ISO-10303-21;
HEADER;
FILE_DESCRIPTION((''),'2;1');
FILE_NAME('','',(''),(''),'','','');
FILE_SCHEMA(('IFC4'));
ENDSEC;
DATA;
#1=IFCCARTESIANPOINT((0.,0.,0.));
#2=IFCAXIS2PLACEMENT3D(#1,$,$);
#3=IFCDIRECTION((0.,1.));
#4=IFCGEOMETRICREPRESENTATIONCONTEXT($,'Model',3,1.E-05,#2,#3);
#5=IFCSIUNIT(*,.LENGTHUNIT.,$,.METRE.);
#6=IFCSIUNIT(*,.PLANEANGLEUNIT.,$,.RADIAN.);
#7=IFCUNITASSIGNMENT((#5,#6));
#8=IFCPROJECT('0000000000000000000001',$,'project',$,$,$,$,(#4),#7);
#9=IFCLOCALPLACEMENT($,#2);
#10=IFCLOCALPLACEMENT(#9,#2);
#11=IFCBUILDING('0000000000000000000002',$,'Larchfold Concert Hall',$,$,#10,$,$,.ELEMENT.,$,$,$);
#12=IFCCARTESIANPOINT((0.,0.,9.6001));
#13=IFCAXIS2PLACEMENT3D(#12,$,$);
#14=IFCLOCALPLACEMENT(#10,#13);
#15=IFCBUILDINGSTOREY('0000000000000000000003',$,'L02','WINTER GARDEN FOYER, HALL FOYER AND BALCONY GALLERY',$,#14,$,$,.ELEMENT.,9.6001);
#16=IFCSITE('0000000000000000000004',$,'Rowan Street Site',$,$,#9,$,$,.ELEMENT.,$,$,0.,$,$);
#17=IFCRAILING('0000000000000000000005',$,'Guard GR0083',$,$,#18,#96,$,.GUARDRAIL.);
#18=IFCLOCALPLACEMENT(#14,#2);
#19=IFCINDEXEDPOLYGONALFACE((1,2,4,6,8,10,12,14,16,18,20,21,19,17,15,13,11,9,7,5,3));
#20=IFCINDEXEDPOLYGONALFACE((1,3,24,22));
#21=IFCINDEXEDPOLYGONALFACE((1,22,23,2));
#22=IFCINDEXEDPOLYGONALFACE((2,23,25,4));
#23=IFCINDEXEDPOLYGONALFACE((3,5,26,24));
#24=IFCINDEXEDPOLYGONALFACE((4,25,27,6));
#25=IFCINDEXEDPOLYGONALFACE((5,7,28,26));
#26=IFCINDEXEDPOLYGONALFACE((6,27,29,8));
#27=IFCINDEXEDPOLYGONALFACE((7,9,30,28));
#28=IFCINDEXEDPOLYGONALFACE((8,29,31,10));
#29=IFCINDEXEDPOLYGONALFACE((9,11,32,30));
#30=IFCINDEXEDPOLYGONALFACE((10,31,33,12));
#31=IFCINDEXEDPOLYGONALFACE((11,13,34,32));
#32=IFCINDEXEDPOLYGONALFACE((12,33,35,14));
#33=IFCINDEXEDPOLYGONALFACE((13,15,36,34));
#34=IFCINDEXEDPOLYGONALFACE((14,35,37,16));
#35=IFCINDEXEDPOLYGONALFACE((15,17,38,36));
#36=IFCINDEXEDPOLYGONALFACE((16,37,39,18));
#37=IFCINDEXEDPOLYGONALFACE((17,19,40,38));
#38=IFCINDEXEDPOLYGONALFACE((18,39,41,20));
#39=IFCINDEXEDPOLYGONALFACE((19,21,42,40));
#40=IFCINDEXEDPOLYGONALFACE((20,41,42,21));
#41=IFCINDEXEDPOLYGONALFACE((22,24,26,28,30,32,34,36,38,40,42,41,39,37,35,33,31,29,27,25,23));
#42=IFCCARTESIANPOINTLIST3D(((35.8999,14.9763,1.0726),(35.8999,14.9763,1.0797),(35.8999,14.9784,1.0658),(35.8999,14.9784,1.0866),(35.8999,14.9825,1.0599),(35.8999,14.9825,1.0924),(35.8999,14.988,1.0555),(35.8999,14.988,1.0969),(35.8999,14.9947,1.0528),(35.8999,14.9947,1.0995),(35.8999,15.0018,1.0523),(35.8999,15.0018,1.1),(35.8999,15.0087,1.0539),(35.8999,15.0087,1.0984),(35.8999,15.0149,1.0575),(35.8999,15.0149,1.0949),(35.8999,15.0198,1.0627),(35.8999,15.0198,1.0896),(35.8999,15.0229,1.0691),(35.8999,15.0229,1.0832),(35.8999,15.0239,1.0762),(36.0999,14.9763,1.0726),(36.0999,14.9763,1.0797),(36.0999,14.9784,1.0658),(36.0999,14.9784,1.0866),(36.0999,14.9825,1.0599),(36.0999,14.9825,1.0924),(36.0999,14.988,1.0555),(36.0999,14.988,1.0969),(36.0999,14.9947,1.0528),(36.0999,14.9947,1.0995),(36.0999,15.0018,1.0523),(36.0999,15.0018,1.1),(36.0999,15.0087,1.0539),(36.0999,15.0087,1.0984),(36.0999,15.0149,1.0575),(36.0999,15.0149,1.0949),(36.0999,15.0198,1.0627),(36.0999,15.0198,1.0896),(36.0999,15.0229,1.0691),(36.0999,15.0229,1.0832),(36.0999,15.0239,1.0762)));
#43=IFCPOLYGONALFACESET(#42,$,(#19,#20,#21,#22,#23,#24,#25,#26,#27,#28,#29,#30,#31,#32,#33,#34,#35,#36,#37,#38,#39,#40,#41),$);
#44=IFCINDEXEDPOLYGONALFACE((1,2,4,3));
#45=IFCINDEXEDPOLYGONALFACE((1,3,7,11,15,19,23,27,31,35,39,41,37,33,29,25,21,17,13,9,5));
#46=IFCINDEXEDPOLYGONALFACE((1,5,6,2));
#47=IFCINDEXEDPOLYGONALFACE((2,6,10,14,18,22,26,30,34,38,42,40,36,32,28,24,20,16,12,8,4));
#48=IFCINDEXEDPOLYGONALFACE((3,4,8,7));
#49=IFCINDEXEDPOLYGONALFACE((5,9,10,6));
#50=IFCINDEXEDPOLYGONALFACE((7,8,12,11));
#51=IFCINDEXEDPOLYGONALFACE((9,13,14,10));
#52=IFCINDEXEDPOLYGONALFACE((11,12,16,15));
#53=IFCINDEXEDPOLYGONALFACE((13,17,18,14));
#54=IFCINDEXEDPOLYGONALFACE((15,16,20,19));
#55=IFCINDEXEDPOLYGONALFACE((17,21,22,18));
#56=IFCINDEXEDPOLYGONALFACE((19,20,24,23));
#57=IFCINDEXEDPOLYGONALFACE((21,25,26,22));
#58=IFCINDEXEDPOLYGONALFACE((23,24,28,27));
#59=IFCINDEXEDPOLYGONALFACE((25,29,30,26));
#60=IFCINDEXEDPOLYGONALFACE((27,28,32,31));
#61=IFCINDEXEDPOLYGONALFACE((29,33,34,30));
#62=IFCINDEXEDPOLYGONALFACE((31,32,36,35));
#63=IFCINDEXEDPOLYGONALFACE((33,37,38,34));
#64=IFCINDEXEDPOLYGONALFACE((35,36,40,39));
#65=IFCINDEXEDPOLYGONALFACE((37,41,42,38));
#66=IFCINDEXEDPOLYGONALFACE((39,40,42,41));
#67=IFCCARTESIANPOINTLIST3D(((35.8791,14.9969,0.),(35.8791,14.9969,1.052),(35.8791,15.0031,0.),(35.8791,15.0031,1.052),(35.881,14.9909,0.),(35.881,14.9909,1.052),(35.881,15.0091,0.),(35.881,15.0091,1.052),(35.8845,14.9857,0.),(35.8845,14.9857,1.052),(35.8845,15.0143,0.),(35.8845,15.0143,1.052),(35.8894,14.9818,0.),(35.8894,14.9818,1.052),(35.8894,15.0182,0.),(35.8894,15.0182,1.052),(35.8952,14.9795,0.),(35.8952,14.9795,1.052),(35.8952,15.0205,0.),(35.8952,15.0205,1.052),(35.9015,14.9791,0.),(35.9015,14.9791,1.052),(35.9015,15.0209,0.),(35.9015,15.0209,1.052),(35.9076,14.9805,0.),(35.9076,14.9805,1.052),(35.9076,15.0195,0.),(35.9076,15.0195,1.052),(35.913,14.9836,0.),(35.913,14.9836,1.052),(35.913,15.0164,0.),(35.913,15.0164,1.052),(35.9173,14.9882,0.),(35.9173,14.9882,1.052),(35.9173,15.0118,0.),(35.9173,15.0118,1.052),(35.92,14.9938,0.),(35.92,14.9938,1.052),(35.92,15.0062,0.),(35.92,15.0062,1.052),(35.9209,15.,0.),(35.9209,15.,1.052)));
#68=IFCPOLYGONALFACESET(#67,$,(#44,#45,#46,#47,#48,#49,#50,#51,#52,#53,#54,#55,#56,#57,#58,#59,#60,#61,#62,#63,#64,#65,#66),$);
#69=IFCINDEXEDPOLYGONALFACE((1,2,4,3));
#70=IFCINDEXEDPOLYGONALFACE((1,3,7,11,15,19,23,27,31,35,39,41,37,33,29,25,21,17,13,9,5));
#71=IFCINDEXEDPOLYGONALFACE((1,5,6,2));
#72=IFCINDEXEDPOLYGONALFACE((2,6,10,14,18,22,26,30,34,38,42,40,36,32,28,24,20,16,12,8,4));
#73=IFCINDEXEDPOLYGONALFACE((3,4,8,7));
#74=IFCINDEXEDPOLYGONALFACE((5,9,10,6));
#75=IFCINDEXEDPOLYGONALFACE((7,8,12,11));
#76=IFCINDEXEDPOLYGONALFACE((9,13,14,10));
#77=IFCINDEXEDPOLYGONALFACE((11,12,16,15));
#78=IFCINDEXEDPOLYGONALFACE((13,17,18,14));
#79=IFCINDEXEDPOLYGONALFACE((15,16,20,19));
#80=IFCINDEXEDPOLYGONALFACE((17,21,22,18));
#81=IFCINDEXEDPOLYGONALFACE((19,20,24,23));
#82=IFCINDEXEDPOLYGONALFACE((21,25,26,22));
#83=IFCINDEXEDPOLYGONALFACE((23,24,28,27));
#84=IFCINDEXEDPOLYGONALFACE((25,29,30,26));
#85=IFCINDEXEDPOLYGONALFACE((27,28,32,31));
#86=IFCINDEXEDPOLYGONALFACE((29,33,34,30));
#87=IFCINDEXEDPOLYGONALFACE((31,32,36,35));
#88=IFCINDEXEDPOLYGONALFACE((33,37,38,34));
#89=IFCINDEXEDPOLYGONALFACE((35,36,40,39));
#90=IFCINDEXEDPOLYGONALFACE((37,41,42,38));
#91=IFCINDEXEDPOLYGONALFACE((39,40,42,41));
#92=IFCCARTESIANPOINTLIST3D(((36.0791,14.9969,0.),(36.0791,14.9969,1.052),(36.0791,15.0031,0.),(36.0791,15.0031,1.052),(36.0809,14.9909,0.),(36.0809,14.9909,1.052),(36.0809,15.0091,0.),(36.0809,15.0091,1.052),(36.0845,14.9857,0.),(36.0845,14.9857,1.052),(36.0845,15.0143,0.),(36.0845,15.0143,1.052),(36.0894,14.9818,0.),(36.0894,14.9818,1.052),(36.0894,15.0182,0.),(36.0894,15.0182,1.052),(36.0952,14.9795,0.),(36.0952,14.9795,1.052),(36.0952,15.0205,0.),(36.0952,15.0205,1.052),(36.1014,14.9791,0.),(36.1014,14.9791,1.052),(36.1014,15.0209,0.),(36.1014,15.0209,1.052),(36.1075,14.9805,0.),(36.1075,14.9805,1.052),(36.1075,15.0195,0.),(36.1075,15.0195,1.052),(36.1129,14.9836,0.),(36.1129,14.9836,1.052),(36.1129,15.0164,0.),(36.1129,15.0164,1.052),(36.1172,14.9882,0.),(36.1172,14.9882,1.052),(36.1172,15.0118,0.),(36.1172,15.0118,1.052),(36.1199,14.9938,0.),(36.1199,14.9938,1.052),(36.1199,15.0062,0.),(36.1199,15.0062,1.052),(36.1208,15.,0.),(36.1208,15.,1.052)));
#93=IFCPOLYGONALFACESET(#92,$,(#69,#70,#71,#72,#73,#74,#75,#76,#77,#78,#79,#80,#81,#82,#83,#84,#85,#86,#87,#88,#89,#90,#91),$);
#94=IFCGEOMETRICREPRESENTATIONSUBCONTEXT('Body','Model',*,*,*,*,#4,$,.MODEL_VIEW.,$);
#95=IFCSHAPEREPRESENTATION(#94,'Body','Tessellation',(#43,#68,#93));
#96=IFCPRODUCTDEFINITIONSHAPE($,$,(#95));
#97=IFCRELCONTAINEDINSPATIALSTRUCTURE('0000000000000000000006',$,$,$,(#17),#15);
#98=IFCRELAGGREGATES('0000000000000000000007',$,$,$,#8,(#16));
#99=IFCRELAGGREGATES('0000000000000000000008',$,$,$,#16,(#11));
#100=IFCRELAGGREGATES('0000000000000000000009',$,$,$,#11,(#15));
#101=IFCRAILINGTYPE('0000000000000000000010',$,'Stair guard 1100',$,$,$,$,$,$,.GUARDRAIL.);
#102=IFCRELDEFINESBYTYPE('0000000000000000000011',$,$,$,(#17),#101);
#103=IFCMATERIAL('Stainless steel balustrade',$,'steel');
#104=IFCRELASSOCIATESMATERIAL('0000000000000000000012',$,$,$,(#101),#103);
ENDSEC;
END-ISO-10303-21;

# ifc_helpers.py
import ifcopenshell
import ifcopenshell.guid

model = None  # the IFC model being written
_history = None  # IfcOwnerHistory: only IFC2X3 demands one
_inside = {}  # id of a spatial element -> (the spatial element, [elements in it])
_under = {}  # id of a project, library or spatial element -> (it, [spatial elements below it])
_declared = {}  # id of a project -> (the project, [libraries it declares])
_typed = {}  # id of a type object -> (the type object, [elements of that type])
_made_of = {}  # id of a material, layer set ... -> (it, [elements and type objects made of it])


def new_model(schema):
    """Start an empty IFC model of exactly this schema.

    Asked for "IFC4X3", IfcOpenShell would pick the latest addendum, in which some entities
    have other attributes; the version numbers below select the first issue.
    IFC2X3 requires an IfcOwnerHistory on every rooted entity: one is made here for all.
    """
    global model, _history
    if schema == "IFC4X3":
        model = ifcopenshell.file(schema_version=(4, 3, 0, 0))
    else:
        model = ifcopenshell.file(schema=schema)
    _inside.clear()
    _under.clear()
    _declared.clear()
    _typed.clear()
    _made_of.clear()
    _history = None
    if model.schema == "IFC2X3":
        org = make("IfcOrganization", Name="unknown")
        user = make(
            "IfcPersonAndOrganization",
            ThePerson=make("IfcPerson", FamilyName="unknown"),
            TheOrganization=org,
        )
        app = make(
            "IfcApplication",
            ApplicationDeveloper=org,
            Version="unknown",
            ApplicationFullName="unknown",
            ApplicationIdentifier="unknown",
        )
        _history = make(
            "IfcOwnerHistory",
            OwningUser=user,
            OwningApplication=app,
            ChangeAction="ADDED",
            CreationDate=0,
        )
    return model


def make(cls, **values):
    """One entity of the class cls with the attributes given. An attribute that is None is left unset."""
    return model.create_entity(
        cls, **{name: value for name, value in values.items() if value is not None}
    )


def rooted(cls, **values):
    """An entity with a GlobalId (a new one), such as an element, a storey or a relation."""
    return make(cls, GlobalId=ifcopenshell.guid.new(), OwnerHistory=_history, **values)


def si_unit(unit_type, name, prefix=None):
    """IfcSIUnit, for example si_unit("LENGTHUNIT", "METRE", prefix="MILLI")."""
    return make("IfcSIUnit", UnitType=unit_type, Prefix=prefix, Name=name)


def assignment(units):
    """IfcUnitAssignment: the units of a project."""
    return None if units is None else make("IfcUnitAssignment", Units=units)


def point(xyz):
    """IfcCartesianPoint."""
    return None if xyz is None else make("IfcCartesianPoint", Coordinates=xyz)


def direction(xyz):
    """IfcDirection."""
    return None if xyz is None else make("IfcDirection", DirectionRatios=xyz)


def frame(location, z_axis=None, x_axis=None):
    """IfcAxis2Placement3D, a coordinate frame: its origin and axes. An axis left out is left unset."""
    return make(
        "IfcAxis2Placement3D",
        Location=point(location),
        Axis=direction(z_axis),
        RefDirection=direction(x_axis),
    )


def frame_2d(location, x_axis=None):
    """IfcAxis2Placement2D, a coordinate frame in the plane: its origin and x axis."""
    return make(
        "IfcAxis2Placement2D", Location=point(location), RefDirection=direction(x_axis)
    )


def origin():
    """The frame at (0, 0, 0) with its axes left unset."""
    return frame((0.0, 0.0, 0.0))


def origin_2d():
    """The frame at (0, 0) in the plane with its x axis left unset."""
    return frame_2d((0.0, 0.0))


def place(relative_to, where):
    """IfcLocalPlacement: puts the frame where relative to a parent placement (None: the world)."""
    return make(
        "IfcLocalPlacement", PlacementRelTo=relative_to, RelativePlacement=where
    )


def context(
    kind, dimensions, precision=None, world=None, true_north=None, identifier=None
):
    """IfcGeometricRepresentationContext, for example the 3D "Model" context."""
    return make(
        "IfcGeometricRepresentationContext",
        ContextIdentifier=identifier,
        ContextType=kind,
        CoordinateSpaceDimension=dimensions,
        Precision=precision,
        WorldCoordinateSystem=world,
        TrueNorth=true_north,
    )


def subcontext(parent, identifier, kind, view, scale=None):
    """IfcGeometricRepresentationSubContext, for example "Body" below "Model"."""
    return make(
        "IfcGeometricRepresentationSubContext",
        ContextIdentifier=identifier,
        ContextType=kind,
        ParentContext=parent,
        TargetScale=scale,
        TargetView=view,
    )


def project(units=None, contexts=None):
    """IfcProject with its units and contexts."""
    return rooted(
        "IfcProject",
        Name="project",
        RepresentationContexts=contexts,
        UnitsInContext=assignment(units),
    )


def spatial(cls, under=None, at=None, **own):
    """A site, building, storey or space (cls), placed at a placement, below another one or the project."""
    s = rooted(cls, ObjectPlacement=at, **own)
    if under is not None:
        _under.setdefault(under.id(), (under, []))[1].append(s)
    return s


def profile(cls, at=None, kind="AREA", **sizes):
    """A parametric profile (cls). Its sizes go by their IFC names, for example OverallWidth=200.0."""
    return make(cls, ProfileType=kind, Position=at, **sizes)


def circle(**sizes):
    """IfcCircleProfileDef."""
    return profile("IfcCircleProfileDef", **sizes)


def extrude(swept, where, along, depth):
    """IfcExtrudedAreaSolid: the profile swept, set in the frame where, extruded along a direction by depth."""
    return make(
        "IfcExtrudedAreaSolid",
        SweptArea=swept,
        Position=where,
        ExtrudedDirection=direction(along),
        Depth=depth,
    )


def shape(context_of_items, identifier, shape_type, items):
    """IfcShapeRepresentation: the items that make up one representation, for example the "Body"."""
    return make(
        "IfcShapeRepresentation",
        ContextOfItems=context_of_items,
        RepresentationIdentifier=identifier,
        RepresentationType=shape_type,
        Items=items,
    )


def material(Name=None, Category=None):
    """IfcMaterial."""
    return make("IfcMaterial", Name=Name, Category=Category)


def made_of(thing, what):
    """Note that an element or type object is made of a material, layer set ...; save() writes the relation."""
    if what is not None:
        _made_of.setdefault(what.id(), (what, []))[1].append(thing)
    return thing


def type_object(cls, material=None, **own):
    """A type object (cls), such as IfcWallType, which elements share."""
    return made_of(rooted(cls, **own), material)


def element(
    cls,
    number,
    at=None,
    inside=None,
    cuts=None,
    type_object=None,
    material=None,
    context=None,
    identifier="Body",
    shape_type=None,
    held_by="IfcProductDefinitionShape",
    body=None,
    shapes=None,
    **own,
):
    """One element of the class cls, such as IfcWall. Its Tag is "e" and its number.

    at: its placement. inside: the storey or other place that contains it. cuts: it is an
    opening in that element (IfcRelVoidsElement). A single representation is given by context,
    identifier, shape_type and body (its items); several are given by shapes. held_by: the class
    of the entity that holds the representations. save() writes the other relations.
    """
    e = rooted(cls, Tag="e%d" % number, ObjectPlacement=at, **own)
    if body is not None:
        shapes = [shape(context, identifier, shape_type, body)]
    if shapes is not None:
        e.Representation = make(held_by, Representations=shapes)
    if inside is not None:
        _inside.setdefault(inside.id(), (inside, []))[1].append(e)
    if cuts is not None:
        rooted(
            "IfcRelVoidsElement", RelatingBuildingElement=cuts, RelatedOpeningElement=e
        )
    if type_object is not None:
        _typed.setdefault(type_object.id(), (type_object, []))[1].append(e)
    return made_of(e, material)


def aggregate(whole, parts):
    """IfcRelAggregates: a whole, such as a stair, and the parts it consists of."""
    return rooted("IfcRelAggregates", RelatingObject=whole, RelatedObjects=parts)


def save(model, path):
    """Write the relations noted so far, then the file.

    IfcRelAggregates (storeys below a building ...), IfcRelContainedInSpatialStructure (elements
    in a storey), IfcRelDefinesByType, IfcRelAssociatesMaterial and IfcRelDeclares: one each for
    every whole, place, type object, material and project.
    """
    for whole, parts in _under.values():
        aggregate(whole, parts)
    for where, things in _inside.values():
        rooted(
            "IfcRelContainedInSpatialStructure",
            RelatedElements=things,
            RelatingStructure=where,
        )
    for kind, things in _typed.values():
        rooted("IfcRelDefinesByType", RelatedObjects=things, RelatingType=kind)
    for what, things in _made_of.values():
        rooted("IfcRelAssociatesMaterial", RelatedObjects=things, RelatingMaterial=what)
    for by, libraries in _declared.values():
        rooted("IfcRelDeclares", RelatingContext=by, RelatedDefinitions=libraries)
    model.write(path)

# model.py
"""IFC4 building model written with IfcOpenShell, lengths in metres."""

from ifc_helpers import new_model, si_unit, direction, frame, origin, origin_2d, place, context, subcontext, project, spatial, circle, extrude, material, type_object, element, save


model = new_model("IFC4")

# Units and contexts
model_context = context("Model", 3, precision=1e-05, world=origin(), true_north=direction((0.0, 1.0)))
body_context = subcontext(model_context, "Body", "Model", "MODEL_VIEW")
ifc_project = project(units=[si_unit("LENGTHUNIT", "METRE"), si_unit("PLANEANGLEUNIT", "RADIAN")], contexts=[model_context])

# Site, building, storey
site_placement = place(None, origin())
site = spatial("IfcSite", under=ifc_project, at=site_placement, Name="Rowan Street Site", CompositionType="ELEMENT", RefElevation=0.0)
building_placement = place(site_placement, origin())
building = spatial("IfcBuilding", under=site, at=building_placement, Name="Larchfold Concert Hall", CompositionType="ELEMENT")
storey_placement = place(building_placement, frame((0.0, 0.0, 9.6001)))
storey = spatial("IfcBuildingStorey", under=building, at=storey_placement, Name="L02", Description="WINTER GARDEN FOYER, HALL FOYER AND BALCONY GALLERY", CompositionType="ELEMENT", Elevation=9.6001)

# Railing
ifc_material_1 = material(Name="Stainless steel balustrade", Category="steel")
railing_type_1 = type_object("IfcRailingType", Name="Stair guard 1100", PredefinedType="GUARDRAIL", material=ifc_material_1)
railing_1_placement = place(storey_placement, frame((35.8999, 15.0, 0.0)))
element("IfcRailing", 1, at=railing_1_placement, inside=storey, type_object=railing_type_1, Name="Guard GR0083", PredefinedType="GUARDRAIL", context=body_context, shape_type="SweptSolid", body=[
    extrude(circle(Radius=0.0239, at=origin_2d()), frame((0.0, 0.0, 1.0762), z_axis=(1.0, 0.0, 0.0), x_axis=(0.0, 1.0, 0.0)), (0.0, 0.0, 1.0), 0.2),
    extrude(circle(Radius=0.021, at=origin_2d()), origin(), (0.0, 0.0, 1.0), 1.052),
    extrude(circle(Radius=0.021, at=origin_2d()), frame((0.2, 0.0, 0.0)), (0.0, 0.0, 1.0), 1.052),
])

save(model, "model.ifc")
